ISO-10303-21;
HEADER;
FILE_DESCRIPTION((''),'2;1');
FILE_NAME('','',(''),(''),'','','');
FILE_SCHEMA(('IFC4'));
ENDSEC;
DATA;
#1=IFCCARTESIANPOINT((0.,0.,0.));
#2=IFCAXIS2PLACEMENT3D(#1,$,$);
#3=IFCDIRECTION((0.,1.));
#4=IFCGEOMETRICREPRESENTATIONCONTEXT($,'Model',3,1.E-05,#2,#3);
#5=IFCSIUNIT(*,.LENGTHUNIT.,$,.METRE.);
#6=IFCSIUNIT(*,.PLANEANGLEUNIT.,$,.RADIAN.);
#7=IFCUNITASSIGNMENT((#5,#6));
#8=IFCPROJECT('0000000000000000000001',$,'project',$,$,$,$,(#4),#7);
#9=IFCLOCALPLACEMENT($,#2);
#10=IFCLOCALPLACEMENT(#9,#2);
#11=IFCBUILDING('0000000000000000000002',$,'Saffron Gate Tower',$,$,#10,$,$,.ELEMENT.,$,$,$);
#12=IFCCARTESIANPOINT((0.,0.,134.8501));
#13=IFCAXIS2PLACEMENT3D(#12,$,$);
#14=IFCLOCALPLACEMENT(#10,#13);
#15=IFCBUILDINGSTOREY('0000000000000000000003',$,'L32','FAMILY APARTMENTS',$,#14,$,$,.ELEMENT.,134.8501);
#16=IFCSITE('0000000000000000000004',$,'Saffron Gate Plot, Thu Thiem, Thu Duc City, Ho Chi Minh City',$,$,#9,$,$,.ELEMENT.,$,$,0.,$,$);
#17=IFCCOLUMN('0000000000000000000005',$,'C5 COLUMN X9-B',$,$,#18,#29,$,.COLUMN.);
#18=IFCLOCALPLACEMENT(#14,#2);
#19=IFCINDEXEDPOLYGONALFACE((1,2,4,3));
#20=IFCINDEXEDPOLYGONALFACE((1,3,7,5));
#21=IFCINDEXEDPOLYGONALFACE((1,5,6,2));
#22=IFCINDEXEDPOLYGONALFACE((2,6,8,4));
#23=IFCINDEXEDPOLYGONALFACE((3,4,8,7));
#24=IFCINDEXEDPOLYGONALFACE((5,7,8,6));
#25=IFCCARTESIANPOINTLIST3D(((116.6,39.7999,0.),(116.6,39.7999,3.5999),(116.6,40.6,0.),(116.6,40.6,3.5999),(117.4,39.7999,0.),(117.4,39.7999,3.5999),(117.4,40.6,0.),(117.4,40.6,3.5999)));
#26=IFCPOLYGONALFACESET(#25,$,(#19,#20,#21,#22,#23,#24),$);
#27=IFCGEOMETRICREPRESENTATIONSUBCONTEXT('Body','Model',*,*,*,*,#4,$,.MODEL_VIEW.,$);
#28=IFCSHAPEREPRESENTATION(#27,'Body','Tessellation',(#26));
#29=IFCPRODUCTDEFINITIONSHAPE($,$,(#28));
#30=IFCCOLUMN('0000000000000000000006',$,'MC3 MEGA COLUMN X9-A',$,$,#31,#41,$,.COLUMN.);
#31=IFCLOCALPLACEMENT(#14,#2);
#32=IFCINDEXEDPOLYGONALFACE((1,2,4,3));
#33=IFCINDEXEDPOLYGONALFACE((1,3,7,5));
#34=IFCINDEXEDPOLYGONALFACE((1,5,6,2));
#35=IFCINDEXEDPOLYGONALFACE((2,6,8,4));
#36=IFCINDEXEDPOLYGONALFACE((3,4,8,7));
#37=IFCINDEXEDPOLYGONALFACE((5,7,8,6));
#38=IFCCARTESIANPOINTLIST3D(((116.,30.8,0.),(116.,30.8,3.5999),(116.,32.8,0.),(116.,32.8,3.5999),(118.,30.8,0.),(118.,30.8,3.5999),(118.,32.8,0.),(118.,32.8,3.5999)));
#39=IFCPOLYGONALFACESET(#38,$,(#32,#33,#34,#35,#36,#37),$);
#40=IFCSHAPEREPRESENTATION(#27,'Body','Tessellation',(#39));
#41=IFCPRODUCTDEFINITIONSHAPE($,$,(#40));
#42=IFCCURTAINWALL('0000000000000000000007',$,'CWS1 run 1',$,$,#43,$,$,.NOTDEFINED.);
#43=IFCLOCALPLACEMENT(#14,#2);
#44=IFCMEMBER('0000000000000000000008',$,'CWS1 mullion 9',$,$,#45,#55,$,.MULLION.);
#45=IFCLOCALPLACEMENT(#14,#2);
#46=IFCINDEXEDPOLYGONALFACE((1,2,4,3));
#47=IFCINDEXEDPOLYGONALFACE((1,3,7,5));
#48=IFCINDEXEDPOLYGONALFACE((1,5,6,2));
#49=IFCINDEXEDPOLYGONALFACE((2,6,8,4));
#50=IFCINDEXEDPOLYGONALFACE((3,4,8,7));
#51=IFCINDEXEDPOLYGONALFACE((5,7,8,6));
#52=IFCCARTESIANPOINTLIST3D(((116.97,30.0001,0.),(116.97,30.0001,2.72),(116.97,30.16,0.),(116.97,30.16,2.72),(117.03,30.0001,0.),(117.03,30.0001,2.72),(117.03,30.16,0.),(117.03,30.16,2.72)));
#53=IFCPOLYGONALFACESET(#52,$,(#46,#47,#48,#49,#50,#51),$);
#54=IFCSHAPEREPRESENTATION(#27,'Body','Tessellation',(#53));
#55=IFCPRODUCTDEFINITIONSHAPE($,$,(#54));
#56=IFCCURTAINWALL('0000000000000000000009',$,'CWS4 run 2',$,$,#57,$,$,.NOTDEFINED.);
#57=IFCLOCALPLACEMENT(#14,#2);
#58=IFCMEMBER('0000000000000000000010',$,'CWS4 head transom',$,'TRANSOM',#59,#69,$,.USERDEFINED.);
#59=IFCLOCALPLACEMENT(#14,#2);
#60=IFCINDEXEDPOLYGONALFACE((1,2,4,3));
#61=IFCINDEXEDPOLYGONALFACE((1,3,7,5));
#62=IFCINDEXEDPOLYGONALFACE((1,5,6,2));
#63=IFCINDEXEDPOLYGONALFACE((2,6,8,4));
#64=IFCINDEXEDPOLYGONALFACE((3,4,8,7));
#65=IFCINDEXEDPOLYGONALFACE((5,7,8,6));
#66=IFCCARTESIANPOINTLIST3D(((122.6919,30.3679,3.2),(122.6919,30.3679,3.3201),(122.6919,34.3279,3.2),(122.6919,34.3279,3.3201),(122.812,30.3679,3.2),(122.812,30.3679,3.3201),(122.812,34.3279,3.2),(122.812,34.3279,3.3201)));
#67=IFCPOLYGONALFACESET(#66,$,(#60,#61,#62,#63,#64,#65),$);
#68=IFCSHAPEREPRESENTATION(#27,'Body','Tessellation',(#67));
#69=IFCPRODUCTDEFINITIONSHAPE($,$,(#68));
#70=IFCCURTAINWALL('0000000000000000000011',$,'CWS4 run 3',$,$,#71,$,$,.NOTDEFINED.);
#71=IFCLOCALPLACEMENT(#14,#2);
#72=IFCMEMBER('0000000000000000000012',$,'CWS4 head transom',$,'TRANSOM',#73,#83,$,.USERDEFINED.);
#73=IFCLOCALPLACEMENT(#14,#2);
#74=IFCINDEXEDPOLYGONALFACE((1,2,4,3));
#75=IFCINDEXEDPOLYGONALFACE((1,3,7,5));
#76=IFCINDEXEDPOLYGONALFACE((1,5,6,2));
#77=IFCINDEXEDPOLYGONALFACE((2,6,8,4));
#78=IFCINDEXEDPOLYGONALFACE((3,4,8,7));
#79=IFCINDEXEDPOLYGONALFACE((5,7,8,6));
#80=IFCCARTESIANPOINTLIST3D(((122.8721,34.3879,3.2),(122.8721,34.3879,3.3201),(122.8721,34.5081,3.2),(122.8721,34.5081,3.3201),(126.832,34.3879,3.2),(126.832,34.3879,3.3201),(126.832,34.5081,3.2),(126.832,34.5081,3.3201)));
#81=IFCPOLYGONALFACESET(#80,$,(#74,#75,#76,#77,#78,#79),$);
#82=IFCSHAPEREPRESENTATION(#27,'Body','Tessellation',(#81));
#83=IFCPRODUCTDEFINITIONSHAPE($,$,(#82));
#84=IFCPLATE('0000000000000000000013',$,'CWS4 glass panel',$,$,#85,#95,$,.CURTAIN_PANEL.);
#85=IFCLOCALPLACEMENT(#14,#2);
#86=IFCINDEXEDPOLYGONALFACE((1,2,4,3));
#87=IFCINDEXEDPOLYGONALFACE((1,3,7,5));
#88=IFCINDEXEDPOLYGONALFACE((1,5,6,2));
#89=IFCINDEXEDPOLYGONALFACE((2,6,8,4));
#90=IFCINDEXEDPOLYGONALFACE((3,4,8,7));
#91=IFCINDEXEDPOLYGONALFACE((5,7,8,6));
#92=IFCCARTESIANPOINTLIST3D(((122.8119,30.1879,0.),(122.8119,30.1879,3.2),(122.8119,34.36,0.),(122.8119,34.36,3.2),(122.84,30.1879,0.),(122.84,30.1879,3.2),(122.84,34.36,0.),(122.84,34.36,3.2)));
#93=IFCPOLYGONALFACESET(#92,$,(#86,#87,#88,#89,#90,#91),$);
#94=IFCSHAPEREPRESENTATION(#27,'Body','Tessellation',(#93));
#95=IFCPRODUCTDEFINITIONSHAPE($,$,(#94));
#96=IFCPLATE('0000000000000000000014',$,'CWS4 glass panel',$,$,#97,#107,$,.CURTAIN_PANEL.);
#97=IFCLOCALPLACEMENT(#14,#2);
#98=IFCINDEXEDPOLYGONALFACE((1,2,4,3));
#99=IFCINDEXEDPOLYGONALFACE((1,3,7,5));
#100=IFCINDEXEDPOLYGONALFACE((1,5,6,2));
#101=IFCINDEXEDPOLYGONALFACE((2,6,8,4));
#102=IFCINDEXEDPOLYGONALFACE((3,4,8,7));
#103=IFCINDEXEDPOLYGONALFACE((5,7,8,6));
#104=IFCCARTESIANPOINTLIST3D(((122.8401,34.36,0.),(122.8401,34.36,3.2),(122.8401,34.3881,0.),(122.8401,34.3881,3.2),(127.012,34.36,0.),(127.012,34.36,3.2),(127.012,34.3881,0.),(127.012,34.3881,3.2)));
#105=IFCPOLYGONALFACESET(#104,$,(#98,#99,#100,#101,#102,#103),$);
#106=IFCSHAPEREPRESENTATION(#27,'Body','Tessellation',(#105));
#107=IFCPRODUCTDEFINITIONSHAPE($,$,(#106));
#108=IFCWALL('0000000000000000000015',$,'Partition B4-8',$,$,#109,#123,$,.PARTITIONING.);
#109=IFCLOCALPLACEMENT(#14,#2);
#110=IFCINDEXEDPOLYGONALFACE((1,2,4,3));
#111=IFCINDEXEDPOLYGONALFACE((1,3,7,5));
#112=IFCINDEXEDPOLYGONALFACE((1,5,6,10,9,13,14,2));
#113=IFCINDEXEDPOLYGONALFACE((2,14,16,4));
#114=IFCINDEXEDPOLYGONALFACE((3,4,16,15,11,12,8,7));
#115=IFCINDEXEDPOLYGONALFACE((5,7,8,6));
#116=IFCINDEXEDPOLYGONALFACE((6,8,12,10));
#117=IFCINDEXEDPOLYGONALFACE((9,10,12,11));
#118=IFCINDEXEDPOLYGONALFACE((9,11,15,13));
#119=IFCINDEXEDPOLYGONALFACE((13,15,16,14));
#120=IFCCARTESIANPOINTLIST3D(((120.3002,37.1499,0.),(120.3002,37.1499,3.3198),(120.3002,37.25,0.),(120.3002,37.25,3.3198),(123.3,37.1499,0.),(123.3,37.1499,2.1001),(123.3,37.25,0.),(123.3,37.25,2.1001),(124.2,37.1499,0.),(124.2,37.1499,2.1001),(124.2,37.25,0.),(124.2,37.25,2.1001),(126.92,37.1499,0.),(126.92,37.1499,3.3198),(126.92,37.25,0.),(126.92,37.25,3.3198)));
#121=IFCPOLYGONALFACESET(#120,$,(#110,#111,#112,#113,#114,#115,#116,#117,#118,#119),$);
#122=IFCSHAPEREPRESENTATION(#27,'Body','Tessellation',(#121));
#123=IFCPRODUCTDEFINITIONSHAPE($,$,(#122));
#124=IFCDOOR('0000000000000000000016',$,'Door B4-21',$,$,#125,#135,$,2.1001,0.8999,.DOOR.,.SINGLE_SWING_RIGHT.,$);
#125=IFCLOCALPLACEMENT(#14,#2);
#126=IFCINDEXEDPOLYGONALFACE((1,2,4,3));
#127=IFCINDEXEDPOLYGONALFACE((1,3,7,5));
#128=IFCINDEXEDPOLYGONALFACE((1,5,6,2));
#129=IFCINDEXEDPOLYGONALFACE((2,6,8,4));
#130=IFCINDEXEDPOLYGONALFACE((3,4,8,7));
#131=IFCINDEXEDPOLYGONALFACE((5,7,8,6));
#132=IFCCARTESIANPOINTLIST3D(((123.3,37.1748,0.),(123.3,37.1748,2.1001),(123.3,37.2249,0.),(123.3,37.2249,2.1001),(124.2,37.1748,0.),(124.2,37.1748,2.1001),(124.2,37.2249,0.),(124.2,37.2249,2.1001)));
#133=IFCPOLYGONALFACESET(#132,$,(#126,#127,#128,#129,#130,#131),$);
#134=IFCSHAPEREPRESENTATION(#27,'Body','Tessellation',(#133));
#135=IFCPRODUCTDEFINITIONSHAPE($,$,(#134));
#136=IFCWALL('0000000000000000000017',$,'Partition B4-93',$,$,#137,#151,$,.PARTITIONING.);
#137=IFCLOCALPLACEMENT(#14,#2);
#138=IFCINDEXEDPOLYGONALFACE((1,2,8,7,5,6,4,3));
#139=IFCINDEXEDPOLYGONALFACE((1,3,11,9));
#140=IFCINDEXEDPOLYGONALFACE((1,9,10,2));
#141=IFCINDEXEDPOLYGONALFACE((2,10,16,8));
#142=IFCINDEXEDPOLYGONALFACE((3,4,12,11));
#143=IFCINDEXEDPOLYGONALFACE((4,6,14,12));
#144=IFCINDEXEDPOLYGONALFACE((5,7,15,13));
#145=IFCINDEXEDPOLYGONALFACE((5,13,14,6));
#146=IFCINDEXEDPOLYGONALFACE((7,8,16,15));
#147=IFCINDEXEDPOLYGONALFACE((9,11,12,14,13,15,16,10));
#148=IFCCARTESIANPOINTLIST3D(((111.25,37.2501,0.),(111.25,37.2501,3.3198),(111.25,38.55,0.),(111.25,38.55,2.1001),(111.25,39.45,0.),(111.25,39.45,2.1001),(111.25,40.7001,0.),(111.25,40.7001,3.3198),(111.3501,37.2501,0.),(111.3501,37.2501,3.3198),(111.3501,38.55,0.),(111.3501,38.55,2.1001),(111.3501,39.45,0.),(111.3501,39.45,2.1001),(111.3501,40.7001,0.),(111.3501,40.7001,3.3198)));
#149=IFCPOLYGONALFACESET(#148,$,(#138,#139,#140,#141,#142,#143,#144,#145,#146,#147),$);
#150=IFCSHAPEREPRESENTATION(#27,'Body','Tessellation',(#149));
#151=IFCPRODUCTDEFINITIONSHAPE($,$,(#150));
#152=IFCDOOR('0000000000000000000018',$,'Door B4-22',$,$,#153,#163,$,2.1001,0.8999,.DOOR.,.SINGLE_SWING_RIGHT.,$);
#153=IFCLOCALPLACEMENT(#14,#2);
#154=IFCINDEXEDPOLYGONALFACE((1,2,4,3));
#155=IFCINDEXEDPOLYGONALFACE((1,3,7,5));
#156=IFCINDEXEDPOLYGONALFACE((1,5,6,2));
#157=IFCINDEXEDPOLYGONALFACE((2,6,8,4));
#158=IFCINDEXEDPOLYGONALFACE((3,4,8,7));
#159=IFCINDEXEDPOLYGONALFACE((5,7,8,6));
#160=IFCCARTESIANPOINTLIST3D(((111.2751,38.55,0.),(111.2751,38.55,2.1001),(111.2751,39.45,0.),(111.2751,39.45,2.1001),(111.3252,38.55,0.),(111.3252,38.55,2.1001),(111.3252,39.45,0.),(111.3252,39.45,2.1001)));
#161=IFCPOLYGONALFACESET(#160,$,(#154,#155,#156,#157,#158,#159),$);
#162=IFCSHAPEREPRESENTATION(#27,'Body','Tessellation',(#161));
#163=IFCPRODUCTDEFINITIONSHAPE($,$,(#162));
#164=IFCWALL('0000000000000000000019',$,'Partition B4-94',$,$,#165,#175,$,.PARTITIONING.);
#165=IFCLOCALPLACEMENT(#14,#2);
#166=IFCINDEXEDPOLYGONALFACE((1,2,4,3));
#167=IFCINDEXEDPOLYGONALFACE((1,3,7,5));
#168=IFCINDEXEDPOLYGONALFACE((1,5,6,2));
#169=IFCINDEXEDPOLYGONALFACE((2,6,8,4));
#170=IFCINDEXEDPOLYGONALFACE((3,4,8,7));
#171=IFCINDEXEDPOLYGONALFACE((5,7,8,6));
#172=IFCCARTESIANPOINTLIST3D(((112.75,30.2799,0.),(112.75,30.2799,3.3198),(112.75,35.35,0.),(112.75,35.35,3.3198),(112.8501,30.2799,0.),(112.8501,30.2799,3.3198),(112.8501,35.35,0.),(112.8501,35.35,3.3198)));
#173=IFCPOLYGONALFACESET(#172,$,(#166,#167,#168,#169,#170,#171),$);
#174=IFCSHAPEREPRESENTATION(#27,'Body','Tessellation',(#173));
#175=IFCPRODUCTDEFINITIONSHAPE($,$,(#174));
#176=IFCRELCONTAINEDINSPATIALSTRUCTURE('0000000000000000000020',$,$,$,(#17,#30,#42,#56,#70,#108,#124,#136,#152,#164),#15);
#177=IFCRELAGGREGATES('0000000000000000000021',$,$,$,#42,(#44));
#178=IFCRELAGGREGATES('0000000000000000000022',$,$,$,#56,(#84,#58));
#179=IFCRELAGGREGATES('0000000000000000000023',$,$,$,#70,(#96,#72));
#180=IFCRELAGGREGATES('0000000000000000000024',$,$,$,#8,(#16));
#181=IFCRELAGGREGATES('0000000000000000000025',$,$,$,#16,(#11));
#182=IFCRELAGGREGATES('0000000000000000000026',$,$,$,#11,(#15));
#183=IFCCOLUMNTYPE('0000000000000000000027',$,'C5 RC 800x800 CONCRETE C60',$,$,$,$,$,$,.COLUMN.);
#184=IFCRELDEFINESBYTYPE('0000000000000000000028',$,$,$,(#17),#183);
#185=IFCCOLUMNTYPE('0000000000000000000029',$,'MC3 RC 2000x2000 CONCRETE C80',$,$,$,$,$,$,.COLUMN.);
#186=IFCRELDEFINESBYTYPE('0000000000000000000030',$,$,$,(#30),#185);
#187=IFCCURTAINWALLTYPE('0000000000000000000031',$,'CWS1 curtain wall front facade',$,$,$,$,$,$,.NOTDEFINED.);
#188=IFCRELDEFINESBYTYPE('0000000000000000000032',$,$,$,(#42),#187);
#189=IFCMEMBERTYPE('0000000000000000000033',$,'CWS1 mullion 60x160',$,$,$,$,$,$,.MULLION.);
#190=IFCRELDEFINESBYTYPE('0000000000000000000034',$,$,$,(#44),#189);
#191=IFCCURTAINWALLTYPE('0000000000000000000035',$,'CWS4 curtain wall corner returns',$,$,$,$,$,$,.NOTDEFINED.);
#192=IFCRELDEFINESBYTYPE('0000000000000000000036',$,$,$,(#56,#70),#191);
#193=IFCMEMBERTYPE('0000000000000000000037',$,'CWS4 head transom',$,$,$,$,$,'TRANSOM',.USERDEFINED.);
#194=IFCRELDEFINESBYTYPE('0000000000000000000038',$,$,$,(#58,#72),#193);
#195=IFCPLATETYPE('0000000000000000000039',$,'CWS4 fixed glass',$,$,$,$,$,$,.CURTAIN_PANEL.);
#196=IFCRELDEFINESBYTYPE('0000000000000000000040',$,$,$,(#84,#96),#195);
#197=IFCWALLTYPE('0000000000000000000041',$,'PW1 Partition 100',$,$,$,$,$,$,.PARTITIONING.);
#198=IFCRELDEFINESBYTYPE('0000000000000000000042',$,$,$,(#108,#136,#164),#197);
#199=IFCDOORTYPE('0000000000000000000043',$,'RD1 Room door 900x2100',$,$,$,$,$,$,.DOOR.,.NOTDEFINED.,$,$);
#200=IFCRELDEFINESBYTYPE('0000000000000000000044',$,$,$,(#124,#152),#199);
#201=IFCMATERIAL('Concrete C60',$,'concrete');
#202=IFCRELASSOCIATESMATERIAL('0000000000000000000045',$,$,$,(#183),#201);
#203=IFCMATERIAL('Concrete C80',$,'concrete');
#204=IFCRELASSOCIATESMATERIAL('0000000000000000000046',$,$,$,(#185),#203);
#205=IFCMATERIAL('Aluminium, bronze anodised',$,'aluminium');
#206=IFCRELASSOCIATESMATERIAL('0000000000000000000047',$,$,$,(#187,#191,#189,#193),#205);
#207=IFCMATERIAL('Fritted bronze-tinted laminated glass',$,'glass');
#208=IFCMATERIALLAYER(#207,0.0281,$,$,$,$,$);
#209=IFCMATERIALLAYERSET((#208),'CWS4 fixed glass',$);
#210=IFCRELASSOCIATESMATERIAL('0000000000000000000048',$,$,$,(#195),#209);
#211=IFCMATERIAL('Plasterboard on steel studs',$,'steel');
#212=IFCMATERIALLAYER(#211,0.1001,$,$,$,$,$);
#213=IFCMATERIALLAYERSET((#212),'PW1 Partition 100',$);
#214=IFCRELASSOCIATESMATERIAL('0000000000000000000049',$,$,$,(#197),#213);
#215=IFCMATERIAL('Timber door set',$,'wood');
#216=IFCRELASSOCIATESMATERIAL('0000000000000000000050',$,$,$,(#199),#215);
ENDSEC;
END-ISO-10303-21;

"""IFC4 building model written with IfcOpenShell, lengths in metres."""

from ifc_helpers import new_model, si_unit, direction, frame, frame_2d, origin, origin_2d, place, context, subcontext, project, spatial, rectangle, extrude, material, layer, layer_set, material_profile, profile_set, type_object, element, fill, aggregate, save


model = new_model("IFC4")

# Units and contexts
model_context = context("Model", 3, precision=1e-05, world=origin(), true_north=direction((0.0, 1.0)))
body_context = subcontext(model_context, "Body", "Model", "MODEL_VIEW")
ifc_project = project(units=[si_unit("LENGTHUNIT", "METRE"), si_unit("PLANEANGLEUNIT", "RADIAN")], contexts=[model_context])

# Site, building, storey
site_placement = place(None, origin())
site = spatial("IfcSite", under=ifc_project, at=site_placement, Name="Saffron Gate Plot, Thu Thiem, Thu Duc City, Ho Chi Minh City", CompositionType="ELEMENT", RefElevation=0.0)
building_placement = place(site_placement, origin())
building = spatial("IfcBuilding", under=site, at=building_placement, Name="Saffron Gate Tower", CompositionType="ELEMENT")
storey_placement = place(building_placement, frame((0.0, 0.0, 134.8501)))
storey = spatial("IfcBuildingStorey", under=building, at=storey_placement, Name="L32", Description="FAMILY APARTMENTS", CompositionType="ELEMENT", Elevation=134.8501)

# Columns
ifc_material_1 = material(Name="Concrete C60", Category="concrete")
ifc_material_profile_1 = material_profile(ifc_material_1, rectangle(XDim=0.8, YDim=0.8, at=origin_2d()))
ifc_profile_set_1 = profile_set([ifc_material_profile_1], Name="Concrete C60")
column_type_1 = type_object("IfcColumnType", Name="C5 RC 800x800 CONCRETE C60", PredefinedType="COLUMN", material=ifc_profile_set_1)
column_1_placement = place(storey_placement, frame((117.0, 40.2, 0.0), z_axis=(0.0, 0.0, 1.0), x_axis=(1.0, 0.0, 0.0)))
element("IfcColumn", 1, at=column_1_placement, inside=storey, type_object=column_type_1, Name="C5 COLUMN X9-B", PredefinedType="COLUMN", context=body_context, shape_type="SweptSolid", body=[
    extrude(rectangle(XDim=0.8, YDim=0.8, at=origin_2d()), origin(), (0.0, 0.0, 1.0), 3.5999),
])
ifc_material_2 = material(Name="Concrete C80", Category="concrete")
ifc_material_profile_2 = material_profile(ifc_material_2, rectangle(XDim=2.0, YDim=2.0, at=origin_2d()))
ifc_profile_set_2 = profile_set([ifc_material_profile_2], Name="Concrete C80")
column_type_2 = type_object("IfcColumnType", Name="MC3 RC 2000x2000 CONCRETE C80", PredefinedType="COLUMN", material=ifc_profile_set_2)
column_2_placement = place(storey_placement, frame((117.0, 31.8, 0.0), z_axis=(0.0, 0.0, 1.0), x_axis=(1.0, 0.0, 0.0)))
element("IfcColumn", 2, at=column_2_placement, inside=storey, type_object=column_type_2, Name="MC3 MEGA COLUMN X9-A", PredefinedType="COLUMN", context=body_context, shape_type="SweptSolid", body=[
    extrude(rectangle(XDim=2.0, YDim=2.0, at=origin_2d()), origin(), (0.0, 0.0, 1.0), 3.5999),
])

# Curtain walls, members
ifc_material_3 = material(Name="Aluminium, bronze anodised", Category="aluminium")
curtain_wall_type_1 = type_object("IfcCurtainWallType", Name="CWS1 curtain wall front facade", PredefinedType="NOTDEFINED", material=ifc_material_3)
curtain_wall_1_placement = place(storey_placement, origin())
curtain_wall_1 = element("IfcCurtainWall", 3, at=curtain_wall_1_placement, inside=storey, type_object=curtain_wall_type_1, Name="CWS1 run 1", PredefinedType="NOTDEFINED")
ifc_material_profile_3 = material_profile(ifc_material_3, rectangle(XDim=0.1599, YDim=0.0601, at=origin_2d()))
ifc_profile_set_3 = profile_set([ifc_material_profile_3], Name="Aluminium, bronze anodised")
member_type_1 = type_object("IfcMemberType", Name="CWS1 mullion 60x160", PredefinedType="MULLION", material=ifc_profile_set_3)
member_1_placement = place(storey_placement, frame((117.0, 30.0801, 0.0), z_axis=(0.0, 0.0, 1.0), x_axis=(0.0, 1.0, 0.0)))
member_1 = element("IfcMember", 4, at=member_1_placement, type_object=member_type_1, Name="CWS1 mullion 9", PredefinedType="MULLION", context=body_context, shape_type="SweptSolid", body=[
    extrude(rectangle(XDim=0.1599, YDim=0.0601, at=origin_2d()), origin(), (0.0, 0.0, 1.0), 2.72),
])
aggregate(curtain_wall_1, [member_1])
curtain_wall_type_2 = type_object("IfcCurtainWallType", Name="CWS4 curtain wall corner returns", PredefinedType="NOTDEFINED", material=ifc_material_3)
curtain_wall_2_placement = place(storey_placement, origin())
curtain_wall_2 = element("IfcCurtainWall", 5, at=curtain_wall_2_placement, inside=storey, type_object=curtain_wall_type_2, Name="CWS4 run 2", PredefinedType="NOTDEFINED")
ifc_material_profile_4 = material_profile(ifc_material_3, rectangle(XDim=0.1201, YDim=0.1201, at=origin_2d()))
ifc_profile_set_4 = profile_set([ifc_material_profile_4], Name="Aluminium, bronze anodised")
member_type_2 = type_object("IfcMemberType", Name="CWS4 head transom", ElementType="TRANSOM", PredefinedType="USERDEFINED", material=ifc_profile_set_4)
member_2_placement = place(storey_placement, frame((122.752, 30.3679, 3.26), z_axis=(0.0, 1.0, 0.0), x_axis=(-1.0, 0.0, 0.0)))
member_2 = element("IfcMember", 6, at=member_2_placement, type_object=member_type_2, Name="CWS4 head transom", ObjectType="TRANSOM", PredefinedType="USERDEFINED", context=body_context, shape_type="SweptSolid", body=[
    extrude(rectangle(XDim=0.1201, YDim=0.1201, at=origin_2d()), origin(), (0.0, 0.0, 1.0), 3.96),
])
curtain_wall_3_placement = place(storey_placement, origin())
curtain_wall_3 = element("IfcCurtainWall", 7, at=curtain_wall_3_placement, inside=storey, type_object=curtain_wall_type_2, Name="CWS4 run 3", PredefinedType="NOTDEFINED")
member_3_placement = place(storey_placement, frame((122.8721, 34.448, 3.26), z_axis=(1.0, 0.0, 0.0), x_axis=(0.0, 1.0, 0.0)))
member_3 = element("IfcMember", 8, at=member_3_placement, type_object=member_type_2, Name="CWS4 head transom", ObjectType="TRANSOM", PredefinedType="USERDEFINED", context=body_context, shape_type="SweptSolid", body=[
    extrude(rectangle(XDim=0.1201, YDim=0.1201, at=origin_2d()), origin(), (0.0, 0.0, 1.0), 3.96),
])

# Plates
ifc_material_4 = material(Name="Fritted bronze-tinted laminated glass", Category="glass")
ifc_layer_1 = layer(ifc_material_4, 0.0281)
ifc_layer_set_1 = layer_set([ifc_layer_1], Name="CWS4 fixed glass")
plate_type = type_object("IfcPlateType", Name="CWS4 fixed glass", PredefinedType="CURTAIN_PANEL", material=ifc_layer_set_1)
plate_1_placement = place(storey_placement, frame((122.8259, 30.188, 0.0), z_axis=(0.0, 0.0, 1.0), x_axis=(0.0, 1.0, 0.0)))
plate_1 = element("IfcPlate", 9, at=plate_1_placement, type_object=plate_type, Name="CWS4 glass panel", PredefinedType="CURTAIN_PANEL", context=body_context, shape_type="SweptSolid", body=[
    extrude(rectangle(XDim=4.1721, YDim=0.0281, at=frame_2d((2.0859, 0.0))), origin(), (0.0, 0.0, 1.0), 3.2),
])
aggregate(curtain_wall_2, [plate_1, member_2])
plate_2_placement = place(storey_placement, frame((122.8401, 34.374, 0.0), z_axis=(0.0, 0.0, 1.0), x_axis=(1.0, 0.0, 0.0)))
plate_2 = element("IfcPlate", 10, at=plate_2_placement, type_object=plate_type, Name="CWS4 glass panel", PredefinedType="CURTAIN_PANEL", context=body_context, shape_type="SweptSolid", body=[
    extrude(rectangle(XDim=4.1719, YDim=0.0281, at=frame_2d((2.0859, 0.0))), origin(), (0.0, 0.0, 1.0), 3.2),
])
aggregate(curtain_wall_3, [plate_2, member_3])

# Walls, openings, doors
ifc_material_5 = material(Name="Plasterboard on steel studs", Category="steel")
ifc_layer_2 = layer(ifc_material_5, 0.1001)
ifc_layer_set_2 = layer_set([ifc_layer_2], Name="PW1 Partition 100")
wall_type = type_object("IfcWallType", Name="PW1 Partition 100", PredefinedType="PARTITIONING", material=ifc_layer_set_2)
wall_1_placement = place(storey_placement, frame((120.3, 37.2, 0.0), z_axis=(0.0, 0.0, 1.0), x_axis=(1.0, 0.0, 0.0)))
wall_1 = element("IfcWall", 11, at=wall_1_placement, inside=storey, type_object=wall_type, Name="Partition B4-8", PredefinedType="PARTITIONING", context=body_context, shape_type="SweptSolid", body=[
    extrude(rectangle(XDim=6.6199, YDim=0.1001, at=frame_2d((3.3101, 0.0))), origin(), (0.0, 0.0, 1.0), 3.3198),
])
opening_1_placement = place(wall_1_placement, frame((3.0, 0.0, 0.0)))
opening_1 = element("IfcOpeningElement", 12, at=opening_1_placement, cuts=wall_1, PredefinedType="OPENING", context=body_context, shape_type="SweptSolid", body=[
    extrude(rectangle(XDim=0.8999, YDim=2.1001, at=frame_2d((0.45, 1.05))), frame((0.0, 0.0601, 0.0), z_axis=(0.0, -1.0, 0.0), x_axis=(1.0, 0.0, 0.0)), (0.0, 0.0, 1.0), 0.1201),
])
ifc_material_6 = material(Name="Timber door set", Category="wood")
door_type = type_object("IfcDoorType", Name="RD1 Room door 900x2100", OperationType="NOTDEFINED", PredefinedType="DOOR", material=ifc_material_6)
door_1_placement = place(opening_1_placement, origin())
door_1 = element("IfcDoor", 13, at=door_1_placement, inside=storey, type_object=door_type, Name="Door B4-21", OperationType="SINGLE_SWING_RIGHT", OverallHeight=2.1001, OverallWidth=0.8999, PredefinedType="DOOR", context=body_context, shape_type="SweptSolid", body=[
    extrude(rectangle(XDim=0.8999, YDim=2.1001, at=frame_2d((0.45, 1.05))), frame((0.0, 0.0249, 0.0), z_axis=(0.0, -1.0, 0.0), x_axis=(1.0, 0.0, 0.0)), (0.0, 0.0, 1.0), 0.05),
])
fill(opening_1, door_1)
wall_2_placement = place(storey_placement, frame((111.3, 37.25, 0.0), z_axis=(0.0, 0.0, 1.0), x_axis=(0.0, 1.0, 0.0)))
wall_2 = element("IfcWall", 14, at=wall_2_placement, inside=storey, type_object=wall_type, Name="Partition B4-93", PredefinedType="PARTITIONING", context=body_context, shape_type="SweptSolid", body=[
    extrude(rectangle(XDim=3.45, YDim=0.1001, at=frame_2d((1.7251, 0.0))), origin(), (0.0, 0.0, 1.0), 3.3198),
])
opening_2_placement = place(wall_2_placement, frame((1.3, 0.0, 0.0)))
opening_2 = element("IfcOpeningElement", 15, at=opening_2_placement, cuts=wall_2, PredefinedType="OPENING", context=body_context, shape_type="SweptSolid", body=[
    extrude(rectangle(XDim=0.8999, YDim=2.1001, at=frame_2d((0.45, 1.05))), frame((0.0, 0.0601, 0.0), z_axis=(0.0, -1.0, 0.0), x_axis=(1.0, 0.0, 0.0)), (0.0, 0.0, 1.0), 0.1201),
])
door_2_placement = place(opening_2_placement, origin())
door_2 = element("IfcDoor", 16, at=door_2_placement, inside=storey, type_object=door_type, Name="Door B4-22", OperationType="SINGLE_SWING_RIGHT", OverallHeight=2.1001, OverallWidth=0.8999, PredefinedType="DOOR", context=body_context, shape_type="SweptSolid", body=[
    extrude(rectangle(XDim=0.8999, YDim=2.1001, at=frame_2d((0.45, 1.05))), frame((0.0, 0.0249, 0.0), z_axis=(0.0, -1.0, 0.0), x_axis=(1.0, 0.0, 0.0)), (0.0, 0.0, 1.0), 0.05),
])
fill(opening_2, door_2)

# Wall
wall_3_placement = place(storey_placement, frame((112.8, 35.3501, 0.0), z_axis=(0.0, 0.0, 1.0), x_axis=(0.0, -1.0, 0.0)))
element("IfcWall", 17, at=wall_3_placement, inside=storey, type_object=wall_type, Name="Partition B4-94", PredefinedType="PARTITIONING", context=body_context, shape_type="SweptSolid", body=[
    extrude(rectangle(XDim=5.0701, YDim=0.1001, at=frame_2d((2.5352, 0.0))), origin(), (0.0, 0.0, 1.0), 3.3198),
])

save(model, "model.ifc")
